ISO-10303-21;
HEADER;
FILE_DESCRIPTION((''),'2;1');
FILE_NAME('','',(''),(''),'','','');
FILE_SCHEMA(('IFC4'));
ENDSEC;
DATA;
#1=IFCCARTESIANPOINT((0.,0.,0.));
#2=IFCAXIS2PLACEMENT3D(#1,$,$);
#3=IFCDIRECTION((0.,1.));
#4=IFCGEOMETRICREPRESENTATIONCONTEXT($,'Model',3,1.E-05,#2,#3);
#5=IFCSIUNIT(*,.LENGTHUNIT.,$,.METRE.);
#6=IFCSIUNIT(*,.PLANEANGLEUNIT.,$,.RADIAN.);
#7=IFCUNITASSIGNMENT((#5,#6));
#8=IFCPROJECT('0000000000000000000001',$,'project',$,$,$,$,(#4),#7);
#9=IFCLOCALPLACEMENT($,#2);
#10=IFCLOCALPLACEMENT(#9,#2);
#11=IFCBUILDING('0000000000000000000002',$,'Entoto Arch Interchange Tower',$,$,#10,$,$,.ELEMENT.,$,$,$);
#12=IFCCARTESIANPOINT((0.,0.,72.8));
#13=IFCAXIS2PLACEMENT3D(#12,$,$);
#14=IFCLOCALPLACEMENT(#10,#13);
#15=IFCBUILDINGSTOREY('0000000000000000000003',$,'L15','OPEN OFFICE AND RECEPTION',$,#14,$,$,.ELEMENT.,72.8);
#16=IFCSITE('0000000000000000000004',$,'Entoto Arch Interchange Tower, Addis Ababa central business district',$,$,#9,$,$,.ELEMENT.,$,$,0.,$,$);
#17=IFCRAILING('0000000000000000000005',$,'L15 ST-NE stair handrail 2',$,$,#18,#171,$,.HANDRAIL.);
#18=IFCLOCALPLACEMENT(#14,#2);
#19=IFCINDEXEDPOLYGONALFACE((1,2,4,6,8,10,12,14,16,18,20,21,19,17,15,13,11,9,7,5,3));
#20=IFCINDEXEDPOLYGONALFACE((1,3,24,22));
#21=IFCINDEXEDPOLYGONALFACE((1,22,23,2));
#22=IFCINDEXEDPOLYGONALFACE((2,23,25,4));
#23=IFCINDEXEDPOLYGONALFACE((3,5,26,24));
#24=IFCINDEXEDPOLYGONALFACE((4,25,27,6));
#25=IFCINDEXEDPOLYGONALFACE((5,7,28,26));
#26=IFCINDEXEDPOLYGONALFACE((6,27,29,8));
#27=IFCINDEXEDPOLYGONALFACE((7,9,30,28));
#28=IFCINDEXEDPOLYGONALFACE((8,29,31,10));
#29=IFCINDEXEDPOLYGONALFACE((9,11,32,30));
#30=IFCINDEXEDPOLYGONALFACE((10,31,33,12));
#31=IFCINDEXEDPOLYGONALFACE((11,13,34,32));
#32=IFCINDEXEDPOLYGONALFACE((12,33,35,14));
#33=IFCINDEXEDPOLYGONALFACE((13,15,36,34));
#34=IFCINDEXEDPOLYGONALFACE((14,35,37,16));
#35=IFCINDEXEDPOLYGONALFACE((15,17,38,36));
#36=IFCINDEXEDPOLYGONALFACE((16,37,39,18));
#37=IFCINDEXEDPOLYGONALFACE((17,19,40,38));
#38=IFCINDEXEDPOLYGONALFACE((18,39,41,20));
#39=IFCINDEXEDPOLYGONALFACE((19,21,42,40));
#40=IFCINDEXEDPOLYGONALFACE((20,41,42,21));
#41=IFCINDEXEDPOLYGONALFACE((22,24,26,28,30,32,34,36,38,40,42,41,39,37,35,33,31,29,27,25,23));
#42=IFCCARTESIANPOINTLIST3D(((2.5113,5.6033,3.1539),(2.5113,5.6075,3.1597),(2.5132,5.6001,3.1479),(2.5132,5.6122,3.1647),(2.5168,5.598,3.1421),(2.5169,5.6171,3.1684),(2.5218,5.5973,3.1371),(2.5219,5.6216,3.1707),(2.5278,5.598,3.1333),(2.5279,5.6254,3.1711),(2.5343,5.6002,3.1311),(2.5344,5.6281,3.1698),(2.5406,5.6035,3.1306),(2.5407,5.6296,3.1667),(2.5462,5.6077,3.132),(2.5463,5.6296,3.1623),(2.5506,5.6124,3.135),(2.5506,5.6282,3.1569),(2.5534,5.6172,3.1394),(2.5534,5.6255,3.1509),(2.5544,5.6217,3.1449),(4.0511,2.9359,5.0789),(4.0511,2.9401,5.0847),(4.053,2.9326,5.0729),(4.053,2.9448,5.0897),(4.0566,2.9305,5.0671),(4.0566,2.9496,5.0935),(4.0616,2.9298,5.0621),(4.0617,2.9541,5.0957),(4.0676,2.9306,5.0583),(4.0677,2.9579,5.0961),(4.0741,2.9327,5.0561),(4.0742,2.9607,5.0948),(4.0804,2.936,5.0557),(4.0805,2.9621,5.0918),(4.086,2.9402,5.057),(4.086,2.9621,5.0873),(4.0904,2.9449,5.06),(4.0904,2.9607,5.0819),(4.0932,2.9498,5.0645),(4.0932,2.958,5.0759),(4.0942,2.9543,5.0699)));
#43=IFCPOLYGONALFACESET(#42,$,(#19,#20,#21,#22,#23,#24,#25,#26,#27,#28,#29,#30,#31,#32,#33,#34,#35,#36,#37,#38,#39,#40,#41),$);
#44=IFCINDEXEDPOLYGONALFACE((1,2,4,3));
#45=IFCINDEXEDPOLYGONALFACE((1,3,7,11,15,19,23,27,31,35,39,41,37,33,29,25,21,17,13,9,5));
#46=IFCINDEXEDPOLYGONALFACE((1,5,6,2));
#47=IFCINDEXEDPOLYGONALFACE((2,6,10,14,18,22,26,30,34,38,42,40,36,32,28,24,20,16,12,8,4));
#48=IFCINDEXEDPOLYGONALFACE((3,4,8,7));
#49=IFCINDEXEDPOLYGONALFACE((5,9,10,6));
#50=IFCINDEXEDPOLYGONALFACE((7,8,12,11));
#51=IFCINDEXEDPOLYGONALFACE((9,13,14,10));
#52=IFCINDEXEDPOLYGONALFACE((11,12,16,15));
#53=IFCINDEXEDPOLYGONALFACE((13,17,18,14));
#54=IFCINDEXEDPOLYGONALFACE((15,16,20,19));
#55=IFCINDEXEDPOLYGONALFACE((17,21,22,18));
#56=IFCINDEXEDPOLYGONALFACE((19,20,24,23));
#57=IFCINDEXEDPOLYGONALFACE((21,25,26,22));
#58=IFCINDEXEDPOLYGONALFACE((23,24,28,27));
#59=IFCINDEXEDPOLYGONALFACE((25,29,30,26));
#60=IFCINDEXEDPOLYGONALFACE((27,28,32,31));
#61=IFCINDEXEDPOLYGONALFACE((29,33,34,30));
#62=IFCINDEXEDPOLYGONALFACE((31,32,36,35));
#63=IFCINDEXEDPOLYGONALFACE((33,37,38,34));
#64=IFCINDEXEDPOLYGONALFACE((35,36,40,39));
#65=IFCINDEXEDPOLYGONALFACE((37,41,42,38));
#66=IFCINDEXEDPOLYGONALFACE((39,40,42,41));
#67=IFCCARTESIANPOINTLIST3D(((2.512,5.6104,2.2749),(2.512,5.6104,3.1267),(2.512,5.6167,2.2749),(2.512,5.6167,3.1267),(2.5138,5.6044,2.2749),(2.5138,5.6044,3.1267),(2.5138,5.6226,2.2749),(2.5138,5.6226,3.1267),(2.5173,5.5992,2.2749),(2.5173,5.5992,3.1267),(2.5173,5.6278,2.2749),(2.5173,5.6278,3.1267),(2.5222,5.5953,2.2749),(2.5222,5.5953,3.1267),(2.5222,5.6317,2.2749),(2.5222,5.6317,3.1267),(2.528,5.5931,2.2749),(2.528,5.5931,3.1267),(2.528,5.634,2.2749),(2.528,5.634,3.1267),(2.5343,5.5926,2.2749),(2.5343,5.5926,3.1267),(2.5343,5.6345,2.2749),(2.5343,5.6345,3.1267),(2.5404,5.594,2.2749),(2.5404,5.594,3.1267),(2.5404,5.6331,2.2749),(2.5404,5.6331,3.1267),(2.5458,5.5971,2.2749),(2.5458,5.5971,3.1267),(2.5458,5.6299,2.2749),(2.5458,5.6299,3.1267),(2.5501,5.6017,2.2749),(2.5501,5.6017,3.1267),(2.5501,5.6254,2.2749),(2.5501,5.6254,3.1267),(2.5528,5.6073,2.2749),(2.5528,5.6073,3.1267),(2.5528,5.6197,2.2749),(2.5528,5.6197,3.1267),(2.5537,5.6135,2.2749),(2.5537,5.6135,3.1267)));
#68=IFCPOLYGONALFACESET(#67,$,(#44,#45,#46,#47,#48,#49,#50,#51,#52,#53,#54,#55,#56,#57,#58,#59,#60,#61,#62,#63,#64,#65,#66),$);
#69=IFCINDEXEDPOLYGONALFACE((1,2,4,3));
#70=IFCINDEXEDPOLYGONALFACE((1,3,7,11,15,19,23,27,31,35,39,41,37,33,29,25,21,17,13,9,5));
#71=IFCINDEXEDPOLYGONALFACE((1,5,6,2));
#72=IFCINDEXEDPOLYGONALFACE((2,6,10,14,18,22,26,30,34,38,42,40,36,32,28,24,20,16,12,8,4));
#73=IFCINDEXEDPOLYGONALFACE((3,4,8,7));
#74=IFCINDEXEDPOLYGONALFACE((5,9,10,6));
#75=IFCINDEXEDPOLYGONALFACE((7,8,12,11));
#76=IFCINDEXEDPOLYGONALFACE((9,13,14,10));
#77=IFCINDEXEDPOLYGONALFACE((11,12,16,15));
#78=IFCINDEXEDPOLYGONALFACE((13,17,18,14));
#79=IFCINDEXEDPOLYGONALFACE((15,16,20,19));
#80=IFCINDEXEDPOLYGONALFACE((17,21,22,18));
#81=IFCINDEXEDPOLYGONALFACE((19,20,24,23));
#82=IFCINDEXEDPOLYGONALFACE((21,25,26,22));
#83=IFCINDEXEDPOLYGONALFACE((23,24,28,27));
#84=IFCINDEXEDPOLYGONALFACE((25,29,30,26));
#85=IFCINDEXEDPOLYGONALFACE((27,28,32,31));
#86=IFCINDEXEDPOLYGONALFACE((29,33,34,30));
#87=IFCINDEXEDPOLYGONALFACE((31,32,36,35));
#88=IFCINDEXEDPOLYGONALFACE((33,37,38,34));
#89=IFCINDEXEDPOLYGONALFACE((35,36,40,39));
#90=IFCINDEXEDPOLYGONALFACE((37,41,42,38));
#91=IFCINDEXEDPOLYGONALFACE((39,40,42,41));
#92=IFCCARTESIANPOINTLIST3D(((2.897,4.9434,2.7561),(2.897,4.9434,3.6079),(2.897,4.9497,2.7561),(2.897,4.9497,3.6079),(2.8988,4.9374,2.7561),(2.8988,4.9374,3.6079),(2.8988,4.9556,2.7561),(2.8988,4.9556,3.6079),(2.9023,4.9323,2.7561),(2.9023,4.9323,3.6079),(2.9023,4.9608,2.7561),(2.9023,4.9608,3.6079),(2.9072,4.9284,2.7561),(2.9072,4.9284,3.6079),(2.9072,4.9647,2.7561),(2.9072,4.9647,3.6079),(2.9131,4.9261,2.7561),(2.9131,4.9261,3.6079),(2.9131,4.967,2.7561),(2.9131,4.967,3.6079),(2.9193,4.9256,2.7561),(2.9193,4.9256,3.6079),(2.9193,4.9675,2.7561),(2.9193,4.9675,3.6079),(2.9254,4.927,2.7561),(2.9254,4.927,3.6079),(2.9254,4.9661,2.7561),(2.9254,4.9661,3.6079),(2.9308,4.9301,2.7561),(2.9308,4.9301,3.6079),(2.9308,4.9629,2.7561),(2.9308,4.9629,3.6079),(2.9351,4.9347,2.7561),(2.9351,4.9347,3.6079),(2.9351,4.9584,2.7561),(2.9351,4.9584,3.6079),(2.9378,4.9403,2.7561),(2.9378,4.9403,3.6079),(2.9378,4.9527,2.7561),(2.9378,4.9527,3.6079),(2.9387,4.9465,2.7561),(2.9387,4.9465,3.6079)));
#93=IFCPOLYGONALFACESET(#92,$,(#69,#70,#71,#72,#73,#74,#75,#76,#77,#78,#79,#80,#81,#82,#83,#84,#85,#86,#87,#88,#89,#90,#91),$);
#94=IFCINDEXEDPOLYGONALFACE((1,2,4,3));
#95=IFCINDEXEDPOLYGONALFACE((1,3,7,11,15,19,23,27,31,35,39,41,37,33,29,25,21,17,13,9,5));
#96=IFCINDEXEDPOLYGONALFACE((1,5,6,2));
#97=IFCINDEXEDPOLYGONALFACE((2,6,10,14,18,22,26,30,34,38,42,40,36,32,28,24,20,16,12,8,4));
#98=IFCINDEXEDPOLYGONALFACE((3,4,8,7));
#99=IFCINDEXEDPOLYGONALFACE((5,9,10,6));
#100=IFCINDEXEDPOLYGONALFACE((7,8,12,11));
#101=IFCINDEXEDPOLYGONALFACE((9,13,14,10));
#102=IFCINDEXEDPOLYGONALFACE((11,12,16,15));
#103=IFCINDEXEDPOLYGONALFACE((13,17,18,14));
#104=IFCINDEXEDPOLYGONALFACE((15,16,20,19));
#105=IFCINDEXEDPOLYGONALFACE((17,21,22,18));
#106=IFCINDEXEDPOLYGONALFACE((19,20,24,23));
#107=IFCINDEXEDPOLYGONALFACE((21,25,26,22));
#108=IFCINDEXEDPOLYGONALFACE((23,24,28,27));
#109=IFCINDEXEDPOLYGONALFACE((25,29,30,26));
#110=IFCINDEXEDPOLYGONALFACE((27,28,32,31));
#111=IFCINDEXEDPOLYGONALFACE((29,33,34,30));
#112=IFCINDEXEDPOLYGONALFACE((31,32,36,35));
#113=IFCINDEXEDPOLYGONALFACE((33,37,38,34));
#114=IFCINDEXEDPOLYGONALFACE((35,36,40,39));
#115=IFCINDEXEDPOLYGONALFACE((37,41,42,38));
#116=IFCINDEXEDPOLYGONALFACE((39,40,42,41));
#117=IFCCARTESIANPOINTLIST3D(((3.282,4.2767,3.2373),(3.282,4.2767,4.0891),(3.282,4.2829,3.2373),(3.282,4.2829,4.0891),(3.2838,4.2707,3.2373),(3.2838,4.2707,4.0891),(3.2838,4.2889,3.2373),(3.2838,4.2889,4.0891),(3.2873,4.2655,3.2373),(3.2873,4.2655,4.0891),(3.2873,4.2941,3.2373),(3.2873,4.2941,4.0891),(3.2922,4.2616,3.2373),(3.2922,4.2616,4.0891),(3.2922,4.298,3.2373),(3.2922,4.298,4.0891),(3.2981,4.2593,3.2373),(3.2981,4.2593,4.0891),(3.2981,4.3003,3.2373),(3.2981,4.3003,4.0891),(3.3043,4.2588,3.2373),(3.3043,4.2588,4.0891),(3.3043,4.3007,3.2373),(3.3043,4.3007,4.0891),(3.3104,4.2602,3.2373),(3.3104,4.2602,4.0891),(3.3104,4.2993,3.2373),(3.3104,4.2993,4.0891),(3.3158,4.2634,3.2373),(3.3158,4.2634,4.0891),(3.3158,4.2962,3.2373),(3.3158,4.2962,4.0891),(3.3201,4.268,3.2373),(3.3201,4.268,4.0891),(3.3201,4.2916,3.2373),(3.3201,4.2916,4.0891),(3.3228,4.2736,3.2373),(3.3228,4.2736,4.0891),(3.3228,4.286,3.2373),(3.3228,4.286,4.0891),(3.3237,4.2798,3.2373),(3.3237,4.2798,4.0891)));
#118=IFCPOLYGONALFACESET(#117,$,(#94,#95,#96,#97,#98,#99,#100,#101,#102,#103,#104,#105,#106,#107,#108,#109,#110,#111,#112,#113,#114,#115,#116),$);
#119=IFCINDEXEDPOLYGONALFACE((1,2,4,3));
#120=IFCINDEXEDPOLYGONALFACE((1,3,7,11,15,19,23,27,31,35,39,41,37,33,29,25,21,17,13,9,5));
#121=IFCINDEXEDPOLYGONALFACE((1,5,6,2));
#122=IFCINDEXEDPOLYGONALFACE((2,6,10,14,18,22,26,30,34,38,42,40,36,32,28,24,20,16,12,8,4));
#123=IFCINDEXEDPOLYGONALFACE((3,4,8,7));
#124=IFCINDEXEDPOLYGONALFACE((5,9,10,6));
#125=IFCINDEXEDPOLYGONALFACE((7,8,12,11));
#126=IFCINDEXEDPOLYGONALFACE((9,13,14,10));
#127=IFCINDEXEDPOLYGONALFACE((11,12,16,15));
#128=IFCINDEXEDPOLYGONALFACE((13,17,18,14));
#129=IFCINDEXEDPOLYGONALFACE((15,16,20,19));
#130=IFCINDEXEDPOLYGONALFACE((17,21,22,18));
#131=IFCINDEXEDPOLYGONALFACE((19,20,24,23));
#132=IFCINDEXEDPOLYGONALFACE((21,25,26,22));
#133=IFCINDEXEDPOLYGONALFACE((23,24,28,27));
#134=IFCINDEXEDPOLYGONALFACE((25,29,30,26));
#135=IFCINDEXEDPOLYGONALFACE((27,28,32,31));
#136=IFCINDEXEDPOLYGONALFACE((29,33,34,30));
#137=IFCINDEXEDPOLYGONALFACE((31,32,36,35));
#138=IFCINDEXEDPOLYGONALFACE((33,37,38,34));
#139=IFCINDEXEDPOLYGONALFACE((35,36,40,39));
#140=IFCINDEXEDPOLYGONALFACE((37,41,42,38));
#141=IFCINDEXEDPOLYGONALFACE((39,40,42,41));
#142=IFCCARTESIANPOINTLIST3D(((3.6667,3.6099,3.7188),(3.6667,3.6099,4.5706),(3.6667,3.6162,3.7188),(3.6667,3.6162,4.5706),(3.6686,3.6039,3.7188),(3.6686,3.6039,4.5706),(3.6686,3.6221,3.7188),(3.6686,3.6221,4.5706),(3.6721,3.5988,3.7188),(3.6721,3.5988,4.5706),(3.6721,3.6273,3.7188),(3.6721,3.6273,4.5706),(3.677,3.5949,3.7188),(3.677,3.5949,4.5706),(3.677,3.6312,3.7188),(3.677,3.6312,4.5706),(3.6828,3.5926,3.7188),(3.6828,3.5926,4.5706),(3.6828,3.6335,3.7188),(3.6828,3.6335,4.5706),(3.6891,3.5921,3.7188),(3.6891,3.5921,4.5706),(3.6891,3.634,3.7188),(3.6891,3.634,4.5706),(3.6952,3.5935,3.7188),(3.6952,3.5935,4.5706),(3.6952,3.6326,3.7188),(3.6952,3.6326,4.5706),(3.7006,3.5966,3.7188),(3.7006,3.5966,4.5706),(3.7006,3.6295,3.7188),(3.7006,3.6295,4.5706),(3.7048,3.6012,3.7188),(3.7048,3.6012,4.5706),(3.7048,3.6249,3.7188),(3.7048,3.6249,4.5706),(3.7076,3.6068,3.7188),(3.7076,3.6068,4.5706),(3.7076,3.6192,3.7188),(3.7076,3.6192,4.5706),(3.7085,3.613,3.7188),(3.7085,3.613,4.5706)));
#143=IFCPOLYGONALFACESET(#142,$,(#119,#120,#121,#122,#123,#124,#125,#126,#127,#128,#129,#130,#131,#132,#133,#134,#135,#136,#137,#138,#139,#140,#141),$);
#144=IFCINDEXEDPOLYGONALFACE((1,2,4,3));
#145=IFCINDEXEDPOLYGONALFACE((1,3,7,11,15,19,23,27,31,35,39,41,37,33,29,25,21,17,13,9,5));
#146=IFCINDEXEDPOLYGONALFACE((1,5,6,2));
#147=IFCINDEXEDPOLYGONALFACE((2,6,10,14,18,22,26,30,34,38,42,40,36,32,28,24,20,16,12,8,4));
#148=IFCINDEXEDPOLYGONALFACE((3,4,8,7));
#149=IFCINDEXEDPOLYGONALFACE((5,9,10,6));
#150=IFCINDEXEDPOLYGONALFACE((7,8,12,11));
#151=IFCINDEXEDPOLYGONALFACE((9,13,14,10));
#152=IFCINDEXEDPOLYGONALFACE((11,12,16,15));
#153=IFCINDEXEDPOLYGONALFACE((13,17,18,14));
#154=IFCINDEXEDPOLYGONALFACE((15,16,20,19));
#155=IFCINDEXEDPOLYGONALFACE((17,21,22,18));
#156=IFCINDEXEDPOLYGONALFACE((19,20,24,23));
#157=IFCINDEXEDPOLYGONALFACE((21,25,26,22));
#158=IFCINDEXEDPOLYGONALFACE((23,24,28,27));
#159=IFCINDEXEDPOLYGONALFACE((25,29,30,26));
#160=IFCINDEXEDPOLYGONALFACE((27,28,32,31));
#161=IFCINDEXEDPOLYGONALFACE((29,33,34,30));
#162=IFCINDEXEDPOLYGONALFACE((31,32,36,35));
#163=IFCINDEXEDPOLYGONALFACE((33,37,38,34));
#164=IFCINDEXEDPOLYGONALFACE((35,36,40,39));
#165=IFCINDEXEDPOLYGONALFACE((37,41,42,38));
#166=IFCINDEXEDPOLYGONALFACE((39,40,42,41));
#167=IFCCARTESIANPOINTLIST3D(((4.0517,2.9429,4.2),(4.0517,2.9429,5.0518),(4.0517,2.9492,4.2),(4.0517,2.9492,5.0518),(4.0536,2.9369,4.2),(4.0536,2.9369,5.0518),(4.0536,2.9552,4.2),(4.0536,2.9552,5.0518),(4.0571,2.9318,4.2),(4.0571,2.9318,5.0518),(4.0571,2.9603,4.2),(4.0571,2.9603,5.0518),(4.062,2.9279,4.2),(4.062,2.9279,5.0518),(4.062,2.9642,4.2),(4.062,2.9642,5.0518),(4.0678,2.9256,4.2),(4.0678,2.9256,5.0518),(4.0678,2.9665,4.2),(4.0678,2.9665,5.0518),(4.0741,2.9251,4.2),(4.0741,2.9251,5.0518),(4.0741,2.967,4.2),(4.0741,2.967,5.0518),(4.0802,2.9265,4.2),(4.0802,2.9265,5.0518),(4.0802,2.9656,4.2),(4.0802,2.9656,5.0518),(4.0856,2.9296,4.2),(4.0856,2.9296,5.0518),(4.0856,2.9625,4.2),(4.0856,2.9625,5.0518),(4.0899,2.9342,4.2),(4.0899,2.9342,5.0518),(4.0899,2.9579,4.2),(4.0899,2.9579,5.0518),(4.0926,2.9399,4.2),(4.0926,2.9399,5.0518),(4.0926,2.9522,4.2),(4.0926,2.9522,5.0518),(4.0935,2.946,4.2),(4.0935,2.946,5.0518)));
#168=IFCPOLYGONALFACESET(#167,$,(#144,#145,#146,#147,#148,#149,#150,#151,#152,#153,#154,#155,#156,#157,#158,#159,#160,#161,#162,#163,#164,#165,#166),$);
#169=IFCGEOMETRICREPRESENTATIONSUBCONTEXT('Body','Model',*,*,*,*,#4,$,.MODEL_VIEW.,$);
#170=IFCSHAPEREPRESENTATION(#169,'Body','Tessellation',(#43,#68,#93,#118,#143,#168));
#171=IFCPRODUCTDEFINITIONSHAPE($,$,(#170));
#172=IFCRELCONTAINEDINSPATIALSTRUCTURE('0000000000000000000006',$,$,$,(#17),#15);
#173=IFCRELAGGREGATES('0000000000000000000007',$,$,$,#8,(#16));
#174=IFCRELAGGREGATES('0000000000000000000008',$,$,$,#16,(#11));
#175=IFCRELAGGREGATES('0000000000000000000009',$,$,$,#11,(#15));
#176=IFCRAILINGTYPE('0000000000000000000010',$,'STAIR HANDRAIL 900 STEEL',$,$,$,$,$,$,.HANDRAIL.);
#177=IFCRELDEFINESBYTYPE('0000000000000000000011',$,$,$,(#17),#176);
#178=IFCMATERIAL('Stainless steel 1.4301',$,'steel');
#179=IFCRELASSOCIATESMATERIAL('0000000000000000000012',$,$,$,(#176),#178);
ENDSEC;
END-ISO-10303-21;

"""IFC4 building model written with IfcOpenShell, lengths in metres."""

from ifc_helpers import new_model, si_unit, direction, frame, origin, origin_2d, place, context, subcontext, project, spatial, circle, extrude, material, type_object, element, save


model = new_model("IFC4")

# Units and contexts
model_context = context("Model", 3, precision=1e-05, world=origin(), true_north=direction((0.0, 1.0)))
body_context = subcontext(model_context, "Body", "Model", "MODEL_VIEW")
ifc_project = project(units=[si_unit("LENGTHUNIT", "METRE"), si_unit("PLANEANGLEUNIT", "RADIAN")], contexts=[model_context])

# Site, building, storey
site_placement = place(None, origin())
site = spatial("IfcSite", under=ifc_project, at=site_placement, Name="Entoto Arch Interchange Tower, Addis Ababa central business district", CompositionType="ELEMENT", RefElevation=0.0)
building_placement = place(site_placement, origin())
building = spatial("IfcBuilding", under=site, at=building_placement, Name="Entoto Arch Interchange Tower", CompositionType="ELEMENT")
storey_placement = place(building_placement, frame((0.0, 0.0, 72.8)))
storey = spatial("IfcBuildingStorey", under=building, at=storey_placement, Name="L15", Description="OPEN OFFICE AND RECEPTION", CompositionType="ELEMENT", Elevation=72.8)

# Railing
ifc_material_1 = material(Name="Stainless steel 1.4301", Category="steel")
railing_type_1 = type_object("IfcRailingType", Name="STAIR HANDRAIL 900 STEEL", PredefinedType="HANDRAIL", material=ifc_material_1)
railing_1_placement = place(storey_placement, frame((2.5327, 5.6135, 2.2749)))
element("IfcRailing", 1, at=railing_1_placement, inside=storey, type_object=railing_type_1, Name="L15 ST-NE stair handrail 2", PredefinedType="HANDRAIL", context=body_context, shape_type="SweptSolid", body=[
    extrude(circle(Radius=0.0239, at=origin_2d()), frame((0.0, 0.0, 0.876), z_axis=(0.423939, -0.734416, 0.530008), x_axis=(0.866064, 0.499933, 0.0)), (0.0, 0.0, 1.0), 3.6321),
    extrude(circle(Radius=0.021, at=origin_2d()), origin(), (0.0, 0.0, 1.0), 0.8518),
    extrude(circle(Radius=0.021, at=origin_2d()), frame((0.385, -0.667, 0.4812)), (0.0, 0.0, 1.0), 0.8518),
    extrude(circle(Radius=0.021, at=origin_2d()), frame((0.77, -1.3337, 0.9624)), (0.0, 0.0, 1.0), 0.8518),
    extrude(circle(Radius=0.021, at=origin_2d()), frame((1.1548, -2.0005, 1.4438)), (0.0, 0.0, 1.0), 0.8518),
    extrude(circle(Radius=0.021, at=origin_2d()), frame((1.5398, -2.6675, 1.925)), (0.0, 0.0, 1.0), 0.8518),
])

save(model, "model.ifc")
